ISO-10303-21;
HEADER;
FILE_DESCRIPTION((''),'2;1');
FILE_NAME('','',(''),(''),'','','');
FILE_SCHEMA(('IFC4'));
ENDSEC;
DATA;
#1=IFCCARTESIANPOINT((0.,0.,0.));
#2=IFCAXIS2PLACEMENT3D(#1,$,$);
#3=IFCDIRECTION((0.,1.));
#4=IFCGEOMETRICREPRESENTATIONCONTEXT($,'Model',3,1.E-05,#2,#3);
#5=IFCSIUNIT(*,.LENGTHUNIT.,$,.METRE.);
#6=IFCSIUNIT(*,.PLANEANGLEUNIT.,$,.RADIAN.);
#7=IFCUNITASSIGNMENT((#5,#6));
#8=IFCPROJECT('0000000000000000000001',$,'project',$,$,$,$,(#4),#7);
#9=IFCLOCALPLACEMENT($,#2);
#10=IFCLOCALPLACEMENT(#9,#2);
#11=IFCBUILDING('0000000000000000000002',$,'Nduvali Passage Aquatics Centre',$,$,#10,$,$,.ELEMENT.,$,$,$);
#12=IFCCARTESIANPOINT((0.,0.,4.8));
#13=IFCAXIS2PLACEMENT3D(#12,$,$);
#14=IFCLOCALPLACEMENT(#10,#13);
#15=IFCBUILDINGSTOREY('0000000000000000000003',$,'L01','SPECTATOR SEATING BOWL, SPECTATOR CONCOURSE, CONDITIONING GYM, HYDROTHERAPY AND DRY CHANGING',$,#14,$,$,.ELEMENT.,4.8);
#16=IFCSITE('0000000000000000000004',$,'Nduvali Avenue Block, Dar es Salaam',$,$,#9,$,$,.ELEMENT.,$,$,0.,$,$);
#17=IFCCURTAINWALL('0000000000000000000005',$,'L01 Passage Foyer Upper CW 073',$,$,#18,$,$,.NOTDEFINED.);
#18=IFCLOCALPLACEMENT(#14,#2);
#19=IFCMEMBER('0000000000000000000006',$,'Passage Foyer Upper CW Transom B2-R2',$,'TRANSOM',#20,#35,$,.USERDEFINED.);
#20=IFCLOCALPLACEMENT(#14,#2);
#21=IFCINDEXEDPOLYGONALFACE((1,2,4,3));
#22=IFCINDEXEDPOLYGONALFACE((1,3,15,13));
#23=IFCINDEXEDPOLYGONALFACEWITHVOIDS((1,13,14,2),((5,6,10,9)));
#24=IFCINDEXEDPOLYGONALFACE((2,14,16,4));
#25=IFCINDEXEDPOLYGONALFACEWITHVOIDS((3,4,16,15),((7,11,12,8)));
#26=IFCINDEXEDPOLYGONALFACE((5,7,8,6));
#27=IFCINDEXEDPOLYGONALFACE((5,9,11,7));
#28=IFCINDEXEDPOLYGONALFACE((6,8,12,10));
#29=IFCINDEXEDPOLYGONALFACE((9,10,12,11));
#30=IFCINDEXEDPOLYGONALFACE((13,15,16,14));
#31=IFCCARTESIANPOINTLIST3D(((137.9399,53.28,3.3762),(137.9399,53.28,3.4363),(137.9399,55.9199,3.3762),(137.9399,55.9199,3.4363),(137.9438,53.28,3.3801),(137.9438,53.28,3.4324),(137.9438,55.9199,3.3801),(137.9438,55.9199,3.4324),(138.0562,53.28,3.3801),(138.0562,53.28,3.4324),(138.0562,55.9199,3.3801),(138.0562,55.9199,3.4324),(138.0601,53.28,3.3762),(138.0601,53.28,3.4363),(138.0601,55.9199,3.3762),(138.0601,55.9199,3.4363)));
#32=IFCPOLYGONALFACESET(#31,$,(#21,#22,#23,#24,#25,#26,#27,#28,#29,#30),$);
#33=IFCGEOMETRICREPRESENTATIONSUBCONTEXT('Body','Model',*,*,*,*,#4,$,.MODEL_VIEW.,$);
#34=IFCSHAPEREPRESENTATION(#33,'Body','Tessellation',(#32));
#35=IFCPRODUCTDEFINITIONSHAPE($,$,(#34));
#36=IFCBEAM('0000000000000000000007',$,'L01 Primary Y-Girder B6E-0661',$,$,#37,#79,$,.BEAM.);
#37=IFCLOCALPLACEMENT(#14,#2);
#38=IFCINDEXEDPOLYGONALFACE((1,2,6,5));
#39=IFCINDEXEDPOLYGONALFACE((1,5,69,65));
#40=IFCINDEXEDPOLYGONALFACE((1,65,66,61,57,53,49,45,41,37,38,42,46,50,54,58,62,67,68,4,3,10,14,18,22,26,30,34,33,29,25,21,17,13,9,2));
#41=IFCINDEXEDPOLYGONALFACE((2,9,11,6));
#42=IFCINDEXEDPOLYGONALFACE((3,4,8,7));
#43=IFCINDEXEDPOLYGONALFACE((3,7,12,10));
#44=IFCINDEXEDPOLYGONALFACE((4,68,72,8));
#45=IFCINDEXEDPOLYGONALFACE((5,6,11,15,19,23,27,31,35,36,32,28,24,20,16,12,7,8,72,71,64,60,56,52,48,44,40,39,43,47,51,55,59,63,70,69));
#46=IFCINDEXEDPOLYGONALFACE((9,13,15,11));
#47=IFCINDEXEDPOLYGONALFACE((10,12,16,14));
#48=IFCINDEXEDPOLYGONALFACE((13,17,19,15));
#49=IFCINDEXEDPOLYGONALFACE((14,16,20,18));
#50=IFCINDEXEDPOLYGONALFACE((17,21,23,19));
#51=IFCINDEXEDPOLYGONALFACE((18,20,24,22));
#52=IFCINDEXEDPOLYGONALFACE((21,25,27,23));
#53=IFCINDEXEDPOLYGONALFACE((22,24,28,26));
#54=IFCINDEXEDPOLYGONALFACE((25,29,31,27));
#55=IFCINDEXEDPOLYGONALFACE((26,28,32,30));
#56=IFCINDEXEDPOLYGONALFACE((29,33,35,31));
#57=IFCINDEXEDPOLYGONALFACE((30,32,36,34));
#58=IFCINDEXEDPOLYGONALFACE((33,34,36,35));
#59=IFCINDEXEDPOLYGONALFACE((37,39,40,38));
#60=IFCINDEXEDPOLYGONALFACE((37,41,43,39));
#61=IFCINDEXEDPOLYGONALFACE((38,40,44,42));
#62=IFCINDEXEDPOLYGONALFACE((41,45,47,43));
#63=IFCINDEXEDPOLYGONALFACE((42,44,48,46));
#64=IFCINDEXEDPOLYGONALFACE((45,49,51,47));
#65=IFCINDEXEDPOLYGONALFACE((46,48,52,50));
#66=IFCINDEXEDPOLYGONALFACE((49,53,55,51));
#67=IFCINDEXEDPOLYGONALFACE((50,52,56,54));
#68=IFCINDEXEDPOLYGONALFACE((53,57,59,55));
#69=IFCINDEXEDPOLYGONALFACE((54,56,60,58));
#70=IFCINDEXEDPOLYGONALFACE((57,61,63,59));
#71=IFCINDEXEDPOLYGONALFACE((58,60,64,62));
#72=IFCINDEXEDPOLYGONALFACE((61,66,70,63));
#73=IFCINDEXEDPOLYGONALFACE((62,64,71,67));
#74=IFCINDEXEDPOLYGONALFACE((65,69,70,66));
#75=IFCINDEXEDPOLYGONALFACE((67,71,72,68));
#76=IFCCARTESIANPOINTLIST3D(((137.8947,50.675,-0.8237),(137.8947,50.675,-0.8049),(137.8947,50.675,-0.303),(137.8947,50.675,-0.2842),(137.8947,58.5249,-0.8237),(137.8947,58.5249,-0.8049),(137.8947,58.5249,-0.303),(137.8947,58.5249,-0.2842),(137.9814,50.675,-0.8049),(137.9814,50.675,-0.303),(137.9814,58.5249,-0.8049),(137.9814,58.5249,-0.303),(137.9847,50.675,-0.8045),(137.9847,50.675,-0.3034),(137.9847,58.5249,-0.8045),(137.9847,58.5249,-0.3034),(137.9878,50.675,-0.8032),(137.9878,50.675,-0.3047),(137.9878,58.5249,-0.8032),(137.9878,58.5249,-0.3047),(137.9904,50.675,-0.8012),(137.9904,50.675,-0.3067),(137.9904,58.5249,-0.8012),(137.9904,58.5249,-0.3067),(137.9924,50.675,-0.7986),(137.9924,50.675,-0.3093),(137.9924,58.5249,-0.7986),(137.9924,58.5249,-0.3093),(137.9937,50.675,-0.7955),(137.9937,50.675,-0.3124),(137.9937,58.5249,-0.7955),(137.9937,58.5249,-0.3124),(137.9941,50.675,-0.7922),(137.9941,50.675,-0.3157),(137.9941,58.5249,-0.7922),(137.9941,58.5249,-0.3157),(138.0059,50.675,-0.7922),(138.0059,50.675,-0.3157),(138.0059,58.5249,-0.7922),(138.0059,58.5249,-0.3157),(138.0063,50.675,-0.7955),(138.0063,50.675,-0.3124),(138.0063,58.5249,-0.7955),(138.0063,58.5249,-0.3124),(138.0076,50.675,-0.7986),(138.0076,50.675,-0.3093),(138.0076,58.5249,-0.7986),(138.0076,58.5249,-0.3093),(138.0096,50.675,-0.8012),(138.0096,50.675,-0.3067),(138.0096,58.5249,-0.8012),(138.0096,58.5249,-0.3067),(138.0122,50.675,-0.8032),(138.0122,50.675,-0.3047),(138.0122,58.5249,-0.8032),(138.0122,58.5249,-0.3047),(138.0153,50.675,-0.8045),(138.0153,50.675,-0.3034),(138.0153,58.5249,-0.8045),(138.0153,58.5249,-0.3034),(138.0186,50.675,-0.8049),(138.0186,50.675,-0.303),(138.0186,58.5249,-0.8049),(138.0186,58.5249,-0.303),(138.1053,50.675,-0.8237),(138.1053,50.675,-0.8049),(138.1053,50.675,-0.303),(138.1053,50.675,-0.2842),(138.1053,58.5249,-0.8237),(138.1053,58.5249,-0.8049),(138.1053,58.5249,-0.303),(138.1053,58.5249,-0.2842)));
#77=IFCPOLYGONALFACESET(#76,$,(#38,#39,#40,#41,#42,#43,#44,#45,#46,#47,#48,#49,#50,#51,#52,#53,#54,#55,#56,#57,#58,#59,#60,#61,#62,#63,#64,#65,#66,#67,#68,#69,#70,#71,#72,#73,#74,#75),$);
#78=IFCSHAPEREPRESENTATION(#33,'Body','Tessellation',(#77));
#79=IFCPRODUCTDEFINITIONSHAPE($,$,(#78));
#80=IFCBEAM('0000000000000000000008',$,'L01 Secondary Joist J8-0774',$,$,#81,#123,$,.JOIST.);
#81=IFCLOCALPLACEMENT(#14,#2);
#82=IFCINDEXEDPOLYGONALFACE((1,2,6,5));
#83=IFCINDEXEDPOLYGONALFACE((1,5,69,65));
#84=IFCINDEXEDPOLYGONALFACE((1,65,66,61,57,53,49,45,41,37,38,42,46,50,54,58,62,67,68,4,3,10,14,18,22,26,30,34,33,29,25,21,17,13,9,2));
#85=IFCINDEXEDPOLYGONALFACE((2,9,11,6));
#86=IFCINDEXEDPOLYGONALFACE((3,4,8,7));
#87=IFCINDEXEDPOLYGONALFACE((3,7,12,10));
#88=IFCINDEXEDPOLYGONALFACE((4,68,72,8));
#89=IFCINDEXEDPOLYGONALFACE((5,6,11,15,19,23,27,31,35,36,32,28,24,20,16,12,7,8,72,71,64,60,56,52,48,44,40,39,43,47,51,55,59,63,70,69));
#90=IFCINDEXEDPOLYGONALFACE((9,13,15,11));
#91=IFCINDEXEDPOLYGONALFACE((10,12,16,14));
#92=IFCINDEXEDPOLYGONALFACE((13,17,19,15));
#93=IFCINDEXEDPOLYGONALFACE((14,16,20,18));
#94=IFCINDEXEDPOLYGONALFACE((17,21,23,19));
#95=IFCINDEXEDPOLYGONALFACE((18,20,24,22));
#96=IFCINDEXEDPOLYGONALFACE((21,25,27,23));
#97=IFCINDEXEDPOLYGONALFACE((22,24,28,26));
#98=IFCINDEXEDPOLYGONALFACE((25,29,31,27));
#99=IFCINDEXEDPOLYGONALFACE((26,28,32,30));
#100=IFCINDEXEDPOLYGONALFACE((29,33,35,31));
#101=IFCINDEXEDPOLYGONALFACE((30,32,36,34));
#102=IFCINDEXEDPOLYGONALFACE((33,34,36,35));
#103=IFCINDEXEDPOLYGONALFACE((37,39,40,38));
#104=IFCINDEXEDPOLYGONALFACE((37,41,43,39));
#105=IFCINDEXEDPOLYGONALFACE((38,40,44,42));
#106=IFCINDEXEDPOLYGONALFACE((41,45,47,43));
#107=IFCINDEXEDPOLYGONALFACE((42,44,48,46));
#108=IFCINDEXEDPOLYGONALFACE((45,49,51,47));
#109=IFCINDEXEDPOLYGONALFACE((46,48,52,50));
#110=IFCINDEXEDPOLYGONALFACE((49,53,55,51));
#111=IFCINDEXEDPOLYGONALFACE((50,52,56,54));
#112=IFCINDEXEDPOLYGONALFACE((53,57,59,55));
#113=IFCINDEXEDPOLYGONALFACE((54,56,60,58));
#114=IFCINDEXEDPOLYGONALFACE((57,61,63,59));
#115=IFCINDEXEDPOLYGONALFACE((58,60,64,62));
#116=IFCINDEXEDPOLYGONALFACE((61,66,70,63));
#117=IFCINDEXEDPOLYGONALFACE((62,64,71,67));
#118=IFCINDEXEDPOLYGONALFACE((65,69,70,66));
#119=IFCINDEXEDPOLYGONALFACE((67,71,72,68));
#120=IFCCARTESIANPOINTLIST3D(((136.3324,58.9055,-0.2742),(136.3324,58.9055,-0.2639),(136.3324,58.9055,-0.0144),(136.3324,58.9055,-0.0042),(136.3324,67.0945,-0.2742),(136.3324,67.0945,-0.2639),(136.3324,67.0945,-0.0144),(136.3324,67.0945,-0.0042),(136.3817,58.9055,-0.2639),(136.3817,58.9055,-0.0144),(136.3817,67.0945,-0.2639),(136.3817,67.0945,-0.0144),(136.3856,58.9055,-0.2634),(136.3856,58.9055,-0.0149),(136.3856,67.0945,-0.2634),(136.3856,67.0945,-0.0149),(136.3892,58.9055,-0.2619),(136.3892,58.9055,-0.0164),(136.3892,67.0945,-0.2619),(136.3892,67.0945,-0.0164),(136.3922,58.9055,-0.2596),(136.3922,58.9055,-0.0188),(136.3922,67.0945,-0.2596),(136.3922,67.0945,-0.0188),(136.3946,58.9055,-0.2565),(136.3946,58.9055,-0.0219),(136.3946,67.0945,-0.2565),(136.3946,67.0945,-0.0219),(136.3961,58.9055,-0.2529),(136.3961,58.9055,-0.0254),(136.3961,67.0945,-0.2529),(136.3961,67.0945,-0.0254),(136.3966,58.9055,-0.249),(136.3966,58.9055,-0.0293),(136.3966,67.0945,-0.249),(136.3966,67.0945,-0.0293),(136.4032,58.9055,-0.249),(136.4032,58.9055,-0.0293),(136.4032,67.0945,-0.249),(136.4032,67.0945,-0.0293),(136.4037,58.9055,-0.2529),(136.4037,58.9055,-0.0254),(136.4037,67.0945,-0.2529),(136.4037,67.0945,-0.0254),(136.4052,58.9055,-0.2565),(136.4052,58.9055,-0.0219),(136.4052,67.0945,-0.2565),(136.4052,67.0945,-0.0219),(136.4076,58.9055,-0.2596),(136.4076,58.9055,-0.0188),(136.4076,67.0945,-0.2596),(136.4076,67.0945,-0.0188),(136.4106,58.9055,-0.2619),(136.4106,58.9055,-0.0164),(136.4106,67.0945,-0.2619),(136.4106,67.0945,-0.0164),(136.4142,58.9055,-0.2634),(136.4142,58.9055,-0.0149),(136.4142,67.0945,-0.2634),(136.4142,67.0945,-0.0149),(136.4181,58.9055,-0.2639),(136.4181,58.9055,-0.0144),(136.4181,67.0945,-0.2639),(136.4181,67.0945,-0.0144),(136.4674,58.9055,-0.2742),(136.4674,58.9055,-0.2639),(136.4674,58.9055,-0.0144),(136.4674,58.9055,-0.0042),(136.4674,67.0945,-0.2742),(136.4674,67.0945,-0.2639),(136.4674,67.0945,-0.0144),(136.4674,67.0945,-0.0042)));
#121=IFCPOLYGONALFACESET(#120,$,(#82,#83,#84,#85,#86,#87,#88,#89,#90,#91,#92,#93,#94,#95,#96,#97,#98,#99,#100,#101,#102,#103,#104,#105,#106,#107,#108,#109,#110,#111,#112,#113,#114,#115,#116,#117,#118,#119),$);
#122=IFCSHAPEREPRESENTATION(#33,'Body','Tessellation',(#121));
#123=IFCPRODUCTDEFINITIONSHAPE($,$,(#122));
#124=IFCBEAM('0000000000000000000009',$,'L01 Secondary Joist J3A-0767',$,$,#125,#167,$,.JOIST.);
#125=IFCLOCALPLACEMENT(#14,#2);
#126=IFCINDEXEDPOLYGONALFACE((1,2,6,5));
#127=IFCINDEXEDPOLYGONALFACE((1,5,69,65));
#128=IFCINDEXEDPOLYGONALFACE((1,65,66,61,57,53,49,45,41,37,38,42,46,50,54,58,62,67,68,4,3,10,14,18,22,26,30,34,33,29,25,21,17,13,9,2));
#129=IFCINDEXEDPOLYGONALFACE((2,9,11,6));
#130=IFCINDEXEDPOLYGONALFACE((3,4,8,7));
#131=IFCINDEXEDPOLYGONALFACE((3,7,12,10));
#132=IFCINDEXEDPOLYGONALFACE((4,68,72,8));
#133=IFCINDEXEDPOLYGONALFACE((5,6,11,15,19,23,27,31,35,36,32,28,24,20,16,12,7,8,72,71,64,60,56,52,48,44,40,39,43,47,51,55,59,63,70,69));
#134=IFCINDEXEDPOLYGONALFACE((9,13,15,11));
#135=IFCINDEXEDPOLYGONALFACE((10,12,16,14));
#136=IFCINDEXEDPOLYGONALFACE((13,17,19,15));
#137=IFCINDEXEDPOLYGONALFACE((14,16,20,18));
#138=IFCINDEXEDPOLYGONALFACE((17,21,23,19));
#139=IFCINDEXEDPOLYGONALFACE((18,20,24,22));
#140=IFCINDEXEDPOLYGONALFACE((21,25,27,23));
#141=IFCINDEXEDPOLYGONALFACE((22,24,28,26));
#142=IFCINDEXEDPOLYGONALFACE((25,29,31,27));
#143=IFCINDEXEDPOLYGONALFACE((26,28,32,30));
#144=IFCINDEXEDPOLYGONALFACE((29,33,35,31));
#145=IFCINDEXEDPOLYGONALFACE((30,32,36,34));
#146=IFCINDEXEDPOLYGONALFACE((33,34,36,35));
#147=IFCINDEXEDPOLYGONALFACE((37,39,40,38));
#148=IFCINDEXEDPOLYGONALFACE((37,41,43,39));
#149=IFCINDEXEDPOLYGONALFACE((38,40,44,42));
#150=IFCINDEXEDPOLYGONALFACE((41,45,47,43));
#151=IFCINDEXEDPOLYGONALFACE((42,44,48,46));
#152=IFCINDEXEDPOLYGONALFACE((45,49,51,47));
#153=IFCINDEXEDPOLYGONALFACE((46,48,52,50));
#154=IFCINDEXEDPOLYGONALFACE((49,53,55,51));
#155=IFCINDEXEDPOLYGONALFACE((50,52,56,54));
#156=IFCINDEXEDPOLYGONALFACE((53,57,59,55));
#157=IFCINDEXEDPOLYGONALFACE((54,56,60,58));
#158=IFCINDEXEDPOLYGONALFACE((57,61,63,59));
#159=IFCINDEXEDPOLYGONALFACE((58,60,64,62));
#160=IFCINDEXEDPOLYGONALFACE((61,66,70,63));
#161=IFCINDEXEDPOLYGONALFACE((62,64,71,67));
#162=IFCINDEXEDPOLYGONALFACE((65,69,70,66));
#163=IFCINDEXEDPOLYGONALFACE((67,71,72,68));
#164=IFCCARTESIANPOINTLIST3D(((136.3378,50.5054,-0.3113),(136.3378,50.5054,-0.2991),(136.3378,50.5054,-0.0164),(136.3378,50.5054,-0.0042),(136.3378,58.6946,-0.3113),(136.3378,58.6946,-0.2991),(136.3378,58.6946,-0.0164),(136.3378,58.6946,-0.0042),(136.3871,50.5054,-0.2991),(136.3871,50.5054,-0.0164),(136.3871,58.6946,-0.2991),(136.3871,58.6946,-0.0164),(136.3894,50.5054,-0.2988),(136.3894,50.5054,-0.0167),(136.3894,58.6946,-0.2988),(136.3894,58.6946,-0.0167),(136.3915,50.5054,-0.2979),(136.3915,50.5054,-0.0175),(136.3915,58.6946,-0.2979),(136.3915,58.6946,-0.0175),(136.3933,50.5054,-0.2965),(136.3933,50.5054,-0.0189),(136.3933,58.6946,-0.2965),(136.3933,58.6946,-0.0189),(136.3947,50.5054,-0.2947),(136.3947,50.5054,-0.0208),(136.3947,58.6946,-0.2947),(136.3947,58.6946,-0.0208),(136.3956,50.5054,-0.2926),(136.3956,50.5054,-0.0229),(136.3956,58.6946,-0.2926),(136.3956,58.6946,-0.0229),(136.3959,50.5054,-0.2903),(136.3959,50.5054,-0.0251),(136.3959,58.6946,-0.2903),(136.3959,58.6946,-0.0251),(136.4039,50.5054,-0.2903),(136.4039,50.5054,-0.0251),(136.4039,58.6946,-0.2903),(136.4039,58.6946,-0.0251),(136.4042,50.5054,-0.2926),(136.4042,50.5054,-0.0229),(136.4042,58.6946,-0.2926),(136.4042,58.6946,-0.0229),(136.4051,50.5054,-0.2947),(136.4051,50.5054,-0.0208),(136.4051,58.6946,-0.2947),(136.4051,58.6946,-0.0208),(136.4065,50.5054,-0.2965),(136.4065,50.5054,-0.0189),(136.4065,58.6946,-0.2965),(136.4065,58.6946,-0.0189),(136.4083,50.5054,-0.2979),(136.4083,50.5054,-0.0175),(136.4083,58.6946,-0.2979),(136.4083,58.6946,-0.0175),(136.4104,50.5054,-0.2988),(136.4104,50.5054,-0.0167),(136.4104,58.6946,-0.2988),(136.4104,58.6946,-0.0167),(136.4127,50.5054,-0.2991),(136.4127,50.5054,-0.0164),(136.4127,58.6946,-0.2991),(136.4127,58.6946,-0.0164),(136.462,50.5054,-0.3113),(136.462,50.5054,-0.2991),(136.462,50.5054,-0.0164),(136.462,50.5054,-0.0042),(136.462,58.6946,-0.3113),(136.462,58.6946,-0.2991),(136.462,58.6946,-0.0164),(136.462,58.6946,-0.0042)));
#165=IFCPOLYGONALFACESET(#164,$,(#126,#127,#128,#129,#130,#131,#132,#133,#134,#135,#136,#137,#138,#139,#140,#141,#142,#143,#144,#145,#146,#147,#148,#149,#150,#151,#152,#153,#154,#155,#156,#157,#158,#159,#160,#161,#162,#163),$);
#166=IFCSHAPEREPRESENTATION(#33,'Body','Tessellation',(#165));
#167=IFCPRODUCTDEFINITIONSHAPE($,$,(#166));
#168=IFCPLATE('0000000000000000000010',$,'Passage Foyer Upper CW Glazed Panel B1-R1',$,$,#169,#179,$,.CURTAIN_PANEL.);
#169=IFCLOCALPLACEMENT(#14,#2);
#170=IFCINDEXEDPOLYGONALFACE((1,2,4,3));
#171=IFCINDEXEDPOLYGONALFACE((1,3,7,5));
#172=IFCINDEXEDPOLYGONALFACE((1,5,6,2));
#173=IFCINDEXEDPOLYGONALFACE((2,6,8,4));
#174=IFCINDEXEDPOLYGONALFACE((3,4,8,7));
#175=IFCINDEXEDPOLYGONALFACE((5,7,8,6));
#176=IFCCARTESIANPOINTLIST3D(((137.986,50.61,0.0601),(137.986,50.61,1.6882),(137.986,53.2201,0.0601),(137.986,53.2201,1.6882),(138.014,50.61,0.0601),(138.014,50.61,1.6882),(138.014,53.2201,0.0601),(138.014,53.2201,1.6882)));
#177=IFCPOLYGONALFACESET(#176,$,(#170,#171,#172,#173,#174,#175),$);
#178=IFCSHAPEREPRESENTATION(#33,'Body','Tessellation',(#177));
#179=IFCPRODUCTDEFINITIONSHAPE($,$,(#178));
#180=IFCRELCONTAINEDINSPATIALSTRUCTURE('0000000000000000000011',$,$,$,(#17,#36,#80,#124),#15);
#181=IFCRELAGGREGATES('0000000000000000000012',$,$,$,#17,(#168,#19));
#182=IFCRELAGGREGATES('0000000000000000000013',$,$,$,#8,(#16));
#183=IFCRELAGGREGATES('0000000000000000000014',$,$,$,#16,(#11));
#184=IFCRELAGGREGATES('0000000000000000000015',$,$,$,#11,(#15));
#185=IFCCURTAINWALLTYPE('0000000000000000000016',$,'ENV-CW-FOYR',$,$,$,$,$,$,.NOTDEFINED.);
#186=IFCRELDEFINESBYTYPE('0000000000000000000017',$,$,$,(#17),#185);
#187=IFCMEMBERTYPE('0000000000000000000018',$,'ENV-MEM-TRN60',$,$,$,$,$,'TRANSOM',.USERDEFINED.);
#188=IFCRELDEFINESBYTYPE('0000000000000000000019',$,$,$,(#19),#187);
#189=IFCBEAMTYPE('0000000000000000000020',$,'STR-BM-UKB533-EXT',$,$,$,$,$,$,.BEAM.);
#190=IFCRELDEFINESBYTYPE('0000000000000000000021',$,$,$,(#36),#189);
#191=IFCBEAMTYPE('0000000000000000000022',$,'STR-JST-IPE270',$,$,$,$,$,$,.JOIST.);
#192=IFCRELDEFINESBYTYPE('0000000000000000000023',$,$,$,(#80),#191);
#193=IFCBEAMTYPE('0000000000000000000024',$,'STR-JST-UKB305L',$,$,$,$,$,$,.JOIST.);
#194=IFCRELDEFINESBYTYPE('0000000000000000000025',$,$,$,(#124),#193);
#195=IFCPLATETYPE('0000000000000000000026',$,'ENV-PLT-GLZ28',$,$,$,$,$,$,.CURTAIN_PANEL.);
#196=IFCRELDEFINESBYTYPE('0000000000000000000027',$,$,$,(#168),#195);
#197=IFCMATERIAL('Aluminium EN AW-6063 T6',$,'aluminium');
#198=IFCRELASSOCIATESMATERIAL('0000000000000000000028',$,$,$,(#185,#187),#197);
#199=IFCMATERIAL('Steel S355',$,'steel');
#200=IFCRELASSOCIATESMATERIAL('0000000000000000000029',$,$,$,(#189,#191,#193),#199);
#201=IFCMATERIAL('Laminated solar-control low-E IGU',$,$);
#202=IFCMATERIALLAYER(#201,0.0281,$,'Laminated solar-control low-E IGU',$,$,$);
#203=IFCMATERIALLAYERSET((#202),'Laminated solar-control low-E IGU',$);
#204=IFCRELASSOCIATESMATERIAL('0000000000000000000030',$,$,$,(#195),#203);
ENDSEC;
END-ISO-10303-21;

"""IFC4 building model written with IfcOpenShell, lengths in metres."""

from ifc_helpers import new_model, si_unit, direction, frame, origin, origin_2d, place, context, subcontext, project, spatial, rectangle, hollow_rectangle, i_section, extrude, material, layer, layer_set, material_profile, profile_set, type_object, element, aggregate, save


model = new_model("IFC4")

# Units and contexts
model_context = context("Model", 3, precision=1e-05, world=origin(), true_north=direction((0.0, 1.0)))
body_context = subcontext(model_context, "Body", "Model", "MODEL_VIEW")
ifc_project = project(units=[si_unit("LENGTHUNIT", "METRE"), si_unit("PLANEANGLEUNIT", "RADIAN")], contexts=[model_context])

# Site, building, storey
site_placement = place(None, origin())
site = spatial("IfcSite", under=ifc_project, at=site_placement, Name="Nduvali Avenue Block, Dar es Salaam", CompositionType="ELEMENT", RefElevation=0.0)
building_placement = place(site_placement, origin())
building = spatial("IfcBuilding", under=site, at=building_placement, Name="Nduvali Passage Aquatics Centre", CompositionType="ELEMENT")
storey_placement = place(building_placement, frame((0.0, 0.0, 4.8)))
storey = spatial("IfcBuildingStorey", under=building, at=storey_placement, Name="L01", Description="SPECTATOR SEATING BOWL, SPECTATOR CONCOURSE, CONDITIONING GYM, HYDROTHERAPY AND DRY CHANGING", CompositionType="ELEMENT", Elevation=4.8)

# Shared definitions
ifc_material_1 = material(Name="Steel S355", Category="steel")

# Curtain wall, member
ifc_material_2 = material(Name="Aluminium EN AW-6063 T6", Category="aluminium")
curtain_wall_type = type_object("IfcCurtainWallType", Name="ENV-CW-FOYR", PredefinedType="NOTDEFINED", material=ifc_material_2)
curtain_wall_placement = place(storey_placement, origin())
curtain_wall = element("IfcCurtainWall", 1, at=curtain_wall_placement, inside=storey, type_object=curtain_wall_type, Name="L01 Passage Foyer Upper CW 073", PredefinedType="NOTDEFINED")
ifc_material_profile_1 = material_profile(ifc_material_2, hollow_rectangle(XDim=0.1201, YDim=0.0601, WallThickness=0.0039, at=origin_2d()), Name="ALU TRANSOM 120x60x4")
ifc_profile_set_1 = profile_set([ifc_material_profile_1], Name="Aluminium EN AW-6063 T6")
member_type_1 = type_object("IfcMemberType", Name="ENV-MEM-TRN60", ElementType="TRANSOM", PredefinedType="USERDEFINED", material=ifc_profile_set_1)
member_1_placement = place(storey_placement, frame((138.0, 53.28, 3.4062), z_axis=(0.0, 1.0, 0.0), x_axis=(-1.0, 0.0, 0.0)))
member_1 = element("IfcMember", 2, at=member_1_placement, type_object=member_type_1, Name="Passage Foyer Upper CW Transom B2-R2", ObjectType="TRANSOM", PredefinedType="USERDEFINED", context=body_context, shape_type="SweptSolid", body=[
    extrude(hollow_rectangle(XDim=0.1201, YDim=0.0601, WallThickness=0.0039, at=origin_2d()), origin(), (0.0, 0.0, 1.0), 2.6399),
])

# Beams
ifc_material_profile_2 = material_profile(ifc_material_1, i_section(OverallWidth=0.2107, OverallDepth=0.5396, WebThickness=0.0117, FlangeThickness=0.0188, FilletRadius=0.0127, at=origin_2d()), Name="UKB 533x210x109")
ifc_profile_set_2 = profile_set([ifc_material_profile_2], Name="Steel S355")
beam_type_1 = type_object("IfcBeamType", Name="STR-BM-UKB533-EXT", PredefinedType="BEAM", material=ifc_profile_set_2)
beam_1_placement = place(storey_placement, frame((138.0, 50.675, -0.554), z_axis=(0.0, 1.0, 0.0), x_axis=(-1.0, 0.0, 0.0)))
element("IfcBeam", 3, at=beam_1_placement, inside=storey, type_object=beam_type_1, Name="L01 Primary Y-Girder B6E-0661", PredefinedType="BEAM", context=body_context, shape_type="SweptSolid", body=[
    extrude(i_section(OverallWidth=0.2107, OverallDepth=0.5396, WebThickness=0.0117, FlangeThickness=0.0188, FilletRadius=0.0127, at=origin_2d()), origin(), (0.0, 0.0, 1.0), 7.8499),
])
ifc_material_profile_3 = material_profile(ifc_material_1, i_section(OverallWidth=0.135, OverallDepth=0.27, WebThickness=0.0066, FlangeThickness=0.0103, FilletRadius=0.0149, at=origin_2d()), Name="IPE 270")
ifc_profile_set_3 = profile_set([ifc_material_profile_3], Name="Steel S355")
beam_type_2 = type_object("IfcBeamType", Name="STR-JST-IPE270", PredefinedType="JOIST", material=ifc_profile_set_3)
beam_2_placement = place(storey_placement, frame((136.3999, 58.9055, -0.1392), z_axis=(0.0, 1.0, 0.0), x_axis=(-1.0, 0.0, 0.0)))
element("IfcBeam", 4, at=beam_2_placement, inside=storey, type_object=beam_type_2, Name="L01 Secondary Joist J8-0774", PredefinedType="JOIST", context=body_context, shape_type="SweptSolid", body=[
    extrude(i_section(OverallWidth=0.135, OverallDepth=0.27, WebThickness=0.0066, FlangeThickness=0.0103, FilletRadius=0.0149, at=origin_2d()), origin(), (0.0, 0.0, 1.0), 8.189),
])
ifc_material_profile_4 = material_profile(ifc_material_1, i_section(OverallWidth=0.1243, OverallDepth=0.3071, WebThickness=0.0081, FlangeThickness=0.0122, FilletRadius=0.0088, at=origin_2d()), Name="UKB 305x127x42")
ifc_profile_set_4 = profile_set([ifc_material_profile_4], Name="Steel S355")
beam_type_3 = type_object("IfcBeamType", Name="STR-JST-UKB305L", PredefinedType="JOIST", material=ifc_profile_set_4)
beam_3_placement = place(storey_placement, frame((136.3999, 50.5054, -0.1577), z_axis=(0.0, 1.0, 0.0), x_axis=(-1.0, 0.0, 0.0)))
element("IfcBeam", 5, at=beam_3_placement, inside=storey, type_object=beam_type_3, Name="L01 Secondary Joist J3A-0767", PredefinedType="JOIST", context=body_context, shape_type="SweptSolid", body=[
    extrude(i_section(OverallWidth=0.1243, OverallDepth=0.3071, WebThickness=0.0081, FlangeThickness=0.0122, FilletRadius=0.0088, at=origin_2d()), origin(), (0.0, 0.0, 1.0), 8.1892),
])

# Plate
ifc_material_3 = material(Name="Laminated solar-control low-E IGU")
ifc_layer_1 = layer(ifc_material_3, 0.0281, Name="Laminated solar-control low-E IGU")
ifc_layer_set_1 = layer_set([ifc_layer_1], Name="Laminated solar-control low-E IGU")
plate_type = type_object("IfcPlateType", Name="ENV-PLT-GLZ28", PredefinedType="CURTAIN_PANEL", material=ifc_layer_set_1)
plate_1_placement = place(storey_placement, frame((138.0, 51.915, 0.0601), z_axis=(0.0, 0.0, 1.0), x_axis=(0.0, 1.0, 0.0)))
plate_1 = element("IfcPlate", 6, at=plate_1_placement, type_object=plate_type, Name="Passage Foyer Upper CW Glazed Panel B1-R1", PredefinedType="CURTAIN_PANEL", context=body_context, shape_type="SweptSolid", body=[
    extrude(rectangle(XDim=2.6101, YDim=0.0281, at=origin_2d()), origin(), (0.0, 0.0, 1.0), 1.6282),
])
aggregate(curtain_wall, [plate_1, member_1])

save(model, "model.ifc")
